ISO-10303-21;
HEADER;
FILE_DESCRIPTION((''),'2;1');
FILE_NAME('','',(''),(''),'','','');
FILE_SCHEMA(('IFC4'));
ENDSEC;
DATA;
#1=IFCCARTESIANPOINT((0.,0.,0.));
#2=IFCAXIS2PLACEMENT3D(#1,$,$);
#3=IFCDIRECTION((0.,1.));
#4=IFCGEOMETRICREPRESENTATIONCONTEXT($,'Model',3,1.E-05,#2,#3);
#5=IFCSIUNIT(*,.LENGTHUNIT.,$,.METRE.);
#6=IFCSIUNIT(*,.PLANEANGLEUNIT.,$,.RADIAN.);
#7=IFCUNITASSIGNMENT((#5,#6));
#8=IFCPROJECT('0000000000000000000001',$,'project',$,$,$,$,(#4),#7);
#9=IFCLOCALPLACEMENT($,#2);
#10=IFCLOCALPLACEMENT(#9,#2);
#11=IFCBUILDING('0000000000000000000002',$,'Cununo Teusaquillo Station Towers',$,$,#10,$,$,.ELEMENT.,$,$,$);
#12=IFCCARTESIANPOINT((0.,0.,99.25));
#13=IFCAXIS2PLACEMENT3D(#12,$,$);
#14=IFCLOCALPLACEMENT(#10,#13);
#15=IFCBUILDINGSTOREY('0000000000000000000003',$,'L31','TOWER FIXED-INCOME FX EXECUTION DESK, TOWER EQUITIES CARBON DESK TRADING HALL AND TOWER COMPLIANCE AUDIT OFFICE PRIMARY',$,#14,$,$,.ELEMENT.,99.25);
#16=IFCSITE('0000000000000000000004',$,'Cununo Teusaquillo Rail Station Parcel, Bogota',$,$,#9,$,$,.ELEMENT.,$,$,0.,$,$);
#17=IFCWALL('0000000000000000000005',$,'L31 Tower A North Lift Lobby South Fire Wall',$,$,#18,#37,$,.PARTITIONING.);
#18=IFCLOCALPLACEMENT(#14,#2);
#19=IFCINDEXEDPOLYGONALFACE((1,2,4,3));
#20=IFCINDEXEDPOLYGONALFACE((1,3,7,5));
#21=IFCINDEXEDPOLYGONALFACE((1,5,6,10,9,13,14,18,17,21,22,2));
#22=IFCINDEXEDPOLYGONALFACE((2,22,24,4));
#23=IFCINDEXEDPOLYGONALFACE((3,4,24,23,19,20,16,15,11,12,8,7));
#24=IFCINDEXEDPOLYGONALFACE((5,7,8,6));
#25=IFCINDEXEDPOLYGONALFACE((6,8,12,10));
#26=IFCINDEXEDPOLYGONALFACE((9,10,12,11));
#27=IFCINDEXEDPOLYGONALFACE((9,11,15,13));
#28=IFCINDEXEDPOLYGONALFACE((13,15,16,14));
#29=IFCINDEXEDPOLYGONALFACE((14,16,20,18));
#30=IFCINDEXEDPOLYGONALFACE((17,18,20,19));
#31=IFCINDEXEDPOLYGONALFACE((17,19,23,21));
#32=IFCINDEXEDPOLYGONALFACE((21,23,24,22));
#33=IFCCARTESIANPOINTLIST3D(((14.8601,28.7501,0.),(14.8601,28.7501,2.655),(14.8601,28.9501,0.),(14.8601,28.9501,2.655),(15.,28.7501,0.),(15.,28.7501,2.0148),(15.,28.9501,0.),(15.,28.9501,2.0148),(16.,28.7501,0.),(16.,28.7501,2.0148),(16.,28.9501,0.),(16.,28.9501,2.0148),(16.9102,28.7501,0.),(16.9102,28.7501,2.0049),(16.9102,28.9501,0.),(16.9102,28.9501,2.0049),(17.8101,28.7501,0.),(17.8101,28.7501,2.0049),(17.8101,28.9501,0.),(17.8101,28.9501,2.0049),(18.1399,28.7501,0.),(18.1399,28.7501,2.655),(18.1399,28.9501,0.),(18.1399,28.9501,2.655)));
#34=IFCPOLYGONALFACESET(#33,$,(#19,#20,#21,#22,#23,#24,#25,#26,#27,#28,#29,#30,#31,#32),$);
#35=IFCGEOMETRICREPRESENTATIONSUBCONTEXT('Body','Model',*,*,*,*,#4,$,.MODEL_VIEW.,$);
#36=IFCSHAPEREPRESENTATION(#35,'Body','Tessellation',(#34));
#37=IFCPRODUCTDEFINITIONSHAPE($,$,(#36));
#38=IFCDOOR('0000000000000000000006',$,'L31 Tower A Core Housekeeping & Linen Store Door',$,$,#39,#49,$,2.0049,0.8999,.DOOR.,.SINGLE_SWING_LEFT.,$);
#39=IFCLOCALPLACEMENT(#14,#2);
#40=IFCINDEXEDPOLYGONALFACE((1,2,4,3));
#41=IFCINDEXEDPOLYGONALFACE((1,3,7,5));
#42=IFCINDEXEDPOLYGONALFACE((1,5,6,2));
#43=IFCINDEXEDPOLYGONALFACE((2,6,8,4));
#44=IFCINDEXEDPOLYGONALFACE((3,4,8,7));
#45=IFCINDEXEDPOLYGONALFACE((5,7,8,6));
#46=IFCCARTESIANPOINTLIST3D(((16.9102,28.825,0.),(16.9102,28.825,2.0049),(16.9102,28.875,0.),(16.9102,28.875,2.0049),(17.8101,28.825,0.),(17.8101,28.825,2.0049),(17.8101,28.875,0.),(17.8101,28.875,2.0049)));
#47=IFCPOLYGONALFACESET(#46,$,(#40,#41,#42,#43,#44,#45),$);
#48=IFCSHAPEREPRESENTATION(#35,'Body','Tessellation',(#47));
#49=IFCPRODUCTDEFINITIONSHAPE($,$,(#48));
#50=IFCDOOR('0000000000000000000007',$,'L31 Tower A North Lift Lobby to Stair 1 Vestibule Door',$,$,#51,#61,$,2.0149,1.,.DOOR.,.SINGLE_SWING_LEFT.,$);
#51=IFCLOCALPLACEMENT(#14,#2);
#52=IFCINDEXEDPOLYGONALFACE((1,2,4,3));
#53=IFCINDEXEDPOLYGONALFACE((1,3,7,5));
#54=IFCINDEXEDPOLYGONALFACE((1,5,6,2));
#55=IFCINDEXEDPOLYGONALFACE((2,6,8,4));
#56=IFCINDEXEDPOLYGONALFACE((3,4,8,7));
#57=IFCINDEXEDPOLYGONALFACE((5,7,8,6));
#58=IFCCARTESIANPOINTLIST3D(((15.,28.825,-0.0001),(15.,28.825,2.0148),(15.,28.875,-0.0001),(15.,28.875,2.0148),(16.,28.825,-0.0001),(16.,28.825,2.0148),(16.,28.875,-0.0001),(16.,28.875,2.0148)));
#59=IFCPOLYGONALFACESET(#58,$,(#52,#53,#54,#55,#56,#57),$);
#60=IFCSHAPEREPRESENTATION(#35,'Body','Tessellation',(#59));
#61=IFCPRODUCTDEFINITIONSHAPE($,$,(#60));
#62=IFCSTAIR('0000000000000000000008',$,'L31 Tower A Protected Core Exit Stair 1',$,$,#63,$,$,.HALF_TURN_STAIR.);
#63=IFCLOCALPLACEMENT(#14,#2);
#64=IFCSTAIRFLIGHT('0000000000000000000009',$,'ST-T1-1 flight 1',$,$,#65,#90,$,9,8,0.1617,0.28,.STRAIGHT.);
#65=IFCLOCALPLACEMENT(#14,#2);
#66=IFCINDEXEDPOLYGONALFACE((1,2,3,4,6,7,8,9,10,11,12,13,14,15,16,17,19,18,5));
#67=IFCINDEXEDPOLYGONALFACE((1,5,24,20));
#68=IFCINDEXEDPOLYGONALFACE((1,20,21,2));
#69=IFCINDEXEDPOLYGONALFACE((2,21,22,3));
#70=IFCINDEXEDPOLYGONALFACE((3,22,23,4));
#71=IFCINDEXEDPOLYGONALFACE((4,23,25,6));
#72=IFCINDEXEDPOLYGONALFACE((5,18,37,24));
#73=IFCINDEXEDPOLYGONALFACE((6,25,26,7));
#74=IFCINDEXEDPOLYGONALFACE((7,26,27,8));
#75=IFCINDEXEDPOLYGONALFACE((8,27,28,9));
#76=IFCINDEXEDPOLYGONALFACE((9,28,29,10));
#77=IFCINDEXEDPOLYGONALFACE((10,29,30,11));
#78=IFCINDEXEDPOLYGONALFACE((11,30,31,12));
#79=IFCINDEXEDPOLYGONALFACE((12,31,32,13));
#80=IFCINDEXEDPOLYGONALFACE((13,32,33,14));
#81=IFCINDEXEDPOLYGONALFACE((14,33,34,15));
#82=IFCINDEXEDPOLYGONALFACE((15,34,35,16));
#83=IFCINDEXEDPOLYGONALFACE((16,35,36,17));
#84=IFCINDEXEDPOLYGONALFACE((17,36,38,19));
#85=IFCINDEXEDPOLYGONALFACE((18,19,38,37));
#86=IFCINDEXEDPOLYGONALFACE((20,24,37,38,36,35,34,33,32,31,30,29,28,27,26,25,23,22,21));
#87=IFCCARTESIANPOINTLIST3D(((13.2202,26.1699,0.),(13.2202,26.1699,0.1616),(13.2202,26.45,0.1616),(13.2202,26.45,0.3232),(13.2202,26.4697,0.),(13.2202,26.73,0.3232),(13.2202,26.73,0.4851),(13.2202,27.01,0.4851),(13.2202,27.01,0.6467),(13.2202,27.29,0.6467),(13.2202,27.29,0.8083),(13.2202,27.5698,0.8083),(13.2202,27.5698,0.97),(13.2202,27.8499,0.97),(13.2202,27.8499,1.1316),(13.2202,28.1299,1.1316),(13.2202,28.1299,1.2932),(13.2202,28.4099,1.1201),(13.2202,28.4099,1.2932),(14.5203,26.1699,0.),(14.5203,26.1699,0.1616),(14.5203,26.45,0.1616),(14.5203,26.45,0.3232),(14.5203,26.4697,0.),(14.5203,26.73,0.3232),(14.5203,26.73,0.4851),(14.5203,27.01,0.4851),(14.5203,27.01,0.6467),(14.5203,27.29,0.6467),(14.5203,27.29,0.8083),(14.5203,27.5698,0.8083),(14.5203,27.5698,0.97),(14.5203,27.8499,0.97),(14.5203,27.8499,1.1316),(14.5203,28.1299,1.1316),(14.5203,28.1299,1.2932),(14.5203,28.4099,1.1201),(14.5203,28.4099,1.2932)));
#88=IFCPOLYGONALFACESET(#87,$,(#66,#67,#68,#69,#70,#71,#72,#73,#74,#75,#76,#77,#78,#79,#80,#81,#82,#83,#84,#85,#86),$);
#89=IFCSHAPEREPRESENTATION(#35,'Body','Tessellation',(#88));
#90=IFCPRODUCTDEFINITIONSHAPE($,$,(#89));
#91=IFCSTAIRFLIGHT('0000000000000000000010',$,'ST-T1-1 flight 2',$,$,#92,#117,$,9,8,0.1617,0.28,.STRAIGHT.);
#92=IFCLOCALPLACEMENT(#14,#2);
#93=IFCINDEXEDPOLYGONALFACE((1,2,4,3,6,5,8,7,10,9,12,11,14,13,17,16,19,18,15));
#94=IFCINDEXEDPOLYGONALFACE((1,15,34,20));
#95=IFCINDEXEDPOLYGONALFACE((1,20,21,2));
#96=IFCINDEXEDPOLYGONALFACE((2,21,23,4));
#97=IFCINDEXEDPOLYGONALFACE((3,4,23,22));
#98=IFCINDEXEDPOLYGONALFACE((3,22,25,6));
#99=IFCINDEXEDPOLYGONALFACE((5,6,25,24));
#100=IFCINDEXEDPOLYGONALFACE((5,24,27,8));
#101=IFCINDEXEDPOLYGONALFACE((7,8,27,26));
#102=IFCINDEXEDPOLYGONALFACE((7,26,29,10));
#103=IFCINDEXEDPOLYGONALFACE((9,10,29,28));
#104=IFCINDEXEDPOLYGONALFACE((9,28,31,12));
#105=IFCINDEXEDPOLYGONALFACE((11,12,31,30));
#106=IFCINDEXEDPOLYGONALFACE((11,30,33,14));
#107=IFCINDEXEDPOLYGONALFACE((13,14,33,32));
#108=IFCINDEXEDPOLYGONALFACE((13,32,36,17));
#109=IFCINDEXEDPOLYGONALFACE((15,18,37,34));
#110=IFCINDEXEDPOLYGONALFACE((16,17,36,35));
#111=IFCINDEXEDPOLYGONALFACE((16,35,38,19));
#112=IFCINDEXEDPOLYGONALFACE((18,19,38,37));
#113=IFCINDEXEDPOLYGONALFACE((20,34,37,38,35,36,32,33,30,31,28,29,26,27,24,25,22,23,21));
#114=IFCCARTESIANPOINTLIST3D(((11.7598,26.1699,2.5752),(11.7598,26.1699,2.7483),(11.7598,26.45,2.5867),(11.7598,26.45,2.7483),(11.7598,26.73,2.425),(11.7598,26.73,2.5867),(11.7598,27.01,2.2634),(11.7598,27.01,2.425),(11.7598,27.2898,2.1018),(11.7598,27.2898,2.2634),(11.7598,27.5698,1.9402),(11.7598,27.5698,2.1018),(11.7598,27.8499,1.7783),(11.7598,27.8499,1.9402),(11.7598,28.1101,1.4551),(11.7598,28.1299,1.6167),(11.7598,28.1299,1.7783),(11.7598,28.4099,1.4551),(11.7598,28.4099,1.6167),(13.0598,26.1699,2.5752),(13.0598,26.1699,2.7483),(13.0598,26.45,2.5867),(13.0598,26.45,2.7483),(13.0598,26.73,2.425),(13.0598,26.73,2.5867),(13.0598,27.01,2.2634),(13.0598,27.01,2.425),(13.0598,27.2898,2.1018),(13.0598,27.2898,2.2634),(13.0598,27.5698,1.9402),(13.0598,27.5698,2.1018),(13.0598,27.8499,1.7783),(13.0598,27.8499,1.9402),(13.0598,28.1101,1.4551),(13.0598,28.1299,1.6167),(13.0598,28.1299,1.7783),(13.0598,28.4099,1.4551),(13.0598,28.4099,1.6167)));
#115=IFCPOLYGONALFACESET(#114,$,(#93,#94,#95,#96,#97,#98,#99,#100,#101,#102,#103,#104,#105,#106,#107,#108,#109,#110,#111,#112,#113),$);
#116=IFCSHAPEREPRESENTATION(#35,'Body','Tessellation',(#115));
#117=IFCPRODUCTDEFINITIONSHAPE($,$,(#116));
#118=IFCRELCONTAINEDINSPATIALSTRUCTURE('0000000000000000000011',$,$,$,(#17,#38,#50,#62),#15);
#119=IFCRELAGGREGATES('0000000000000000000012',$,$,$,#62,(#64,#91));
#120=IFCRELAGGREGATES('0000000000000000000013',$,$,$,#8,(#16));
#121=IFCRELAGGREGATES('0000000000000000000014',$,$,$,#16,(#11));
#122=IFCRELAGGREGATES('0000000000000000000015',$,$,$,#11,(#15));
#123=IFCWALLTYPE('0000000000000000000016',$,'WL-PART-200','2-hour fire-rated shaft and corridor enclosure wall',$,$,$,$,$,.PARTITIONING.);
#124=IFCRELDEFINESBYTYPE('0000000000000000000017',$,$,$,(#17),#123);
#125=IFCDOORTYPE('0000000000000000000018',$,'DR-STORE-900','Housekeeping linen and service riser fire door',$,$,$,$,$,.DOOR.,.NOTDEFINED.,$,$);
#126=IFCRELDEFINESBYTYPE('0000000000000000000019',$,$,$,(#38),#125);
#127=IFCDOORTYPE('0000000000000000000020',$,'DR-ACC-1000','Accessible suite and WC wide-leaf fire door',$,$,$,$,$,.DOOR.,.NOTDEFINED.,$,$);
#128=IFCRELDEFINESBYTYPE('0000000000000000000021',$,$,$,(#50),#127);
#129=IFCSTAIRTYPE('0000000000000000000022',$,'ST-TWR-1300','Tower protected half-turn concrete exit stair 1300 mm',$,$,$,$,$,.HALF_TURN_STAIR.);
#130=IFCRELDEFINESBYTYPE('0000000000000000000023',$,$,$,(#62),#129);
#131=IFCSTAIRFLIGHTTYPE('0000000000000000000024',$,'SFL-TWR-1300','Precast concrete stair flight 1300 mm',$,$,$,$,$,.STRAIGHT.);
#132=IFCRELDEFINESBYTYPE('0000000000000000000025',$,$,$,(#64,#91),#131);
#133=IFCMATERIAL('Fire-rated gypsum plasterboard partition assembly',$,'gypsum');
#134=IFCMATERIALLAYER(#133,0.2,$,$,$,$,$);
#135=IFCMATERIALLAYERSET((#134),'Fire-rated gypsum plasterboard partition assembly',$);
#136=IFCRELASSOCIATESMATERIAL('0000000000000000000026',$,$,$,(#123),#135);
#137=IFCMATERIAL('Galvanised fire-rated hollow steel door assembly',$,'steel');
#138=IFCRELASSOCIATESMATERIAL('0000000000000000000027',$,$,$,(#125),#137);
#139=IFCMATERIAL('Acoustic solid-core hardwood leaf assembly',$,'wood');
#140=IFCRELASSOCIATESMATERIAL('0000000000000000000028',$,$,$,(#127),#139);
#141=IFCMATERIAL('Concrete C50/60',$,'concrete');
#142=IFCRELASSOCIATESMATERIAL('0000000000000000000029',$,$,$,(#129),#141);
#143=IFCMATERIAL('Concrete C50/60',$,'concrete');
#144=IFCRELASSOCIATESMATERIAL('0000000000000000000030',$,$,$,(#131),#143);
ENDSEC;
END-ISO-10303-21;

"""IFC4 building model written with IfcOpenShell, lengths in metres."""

from ifc_helpers import new_model, si_unit, direction, frame, frame_2d, origin, place, context, subcontext, project, spatial, polyline, rectangle, outline, extrude, source, transform, mapped, material, layer, layer_set, type_object, element, fill, aggregate, save


model = new_model("IFC4")

# Units and contexts
model_context = context("Model", 3, precision=1e-05, world=origin(), true_north=direction((0.0, 1.0)))
body_context = subcontext(model_context, "Body", "Model", "MODEL_VIEW")
ifc_project = project(units=[si_unit("LENGTHUNIT", "METRE"), si_unit("PLANEANGLEUNIT", "RADIAN")], contexts=[model_context])

# Site, building, storey
site_placement = place(None, origin())
site = spatial("IfcSite", under=ifc_project, at=site_placement, Name="Cununo Teusaquillo Rail Station Parcel, Bogota", CompositionType="ELEMENT", RefElevation=0.0)
building_placement = place(site_placement, origin())
building = spatial("IfcBuilding", under=site, at=building_placement, Name="Cununo Teusaquillo Station Towers", CompositionType="ELEMENT")
storey_placement = place(building_placement, frame((0.0, 0.0, 99.25)))
storey = spatial("IfcBuildingStorey", under=building, at=storey_placement, Name="L31", Description="TOWER FIXED-INCOME FX EXECUTION DESK, TOWER EQUITIES CARBON DESK TRADING HALL AND TOWER COMPLIANCE AUDIT OFFICE PRIMARY", CompositionType="ELEMENT", Elevation=99.25)

# Shared definitions
ifc_material_1 = material(Name="Fire-rated gypsum plasterboard partition assembly", Category="gypsum")
ifc_layer_1 = layer(ifc_material_1, 0.2)
ifc_layer_set_1 = layer_set([ifc_layer_1], Name="Fire-rated gypsum plasterboard partition assembly")
wall_type_1 = type_object("IfcWallType", Name="WL-PART-200", Description="2-hour fire-rated shaft and corridor enclosure wall", PredefinedType="PARTITIONING", material=ifc_layer_set_1)
shared_shape_1 = source(origin(), body_context, "Body", "SweptSolid", [
    extrude(rectangle(XDim=0.8999, YDim=2.0049, at=frame_2d((0.45, 1.0024))), frame((0.0, 0.1099, 0.0), z_axis=(0.0, -1.0, 0.0), x_axis=(1.0, 0.0, 0.0)), (0.0, 0.0, 1.0), 0.22),
])
ifc_material_2 = material(Name="Galvanised fire-rated hollow steel door assembly", Category="steel")
door_type_1 = type_object("IfcDoorType", Name="DR-STORE-900", Description="Housekeeping linen and service riser fire door", OperationType="NOTDEFINED", PredefinedType="DOOR", material=ifc_material_2)
shared_shape_2 = source(origin(), body_context, "Body", "SweptSolid", [
    extrude(rectangle(XDim=0.8999, YDim=2.0049, at=frame_2d((0.45, 1.0024))), frame((0.0, 0.0249, 0.0), z_axis=(0.0, -1.0, 0.0), x_axis=(1.0, 0.0, 0.0)), (0.0, 0.0, 1.0), 0.05),
])

# Wall, openings, doors
wall_1_placement = place(storey_placement, frame((14.8601, 28.8501, 0.0), z_axis=(0.0, 0.0, 1.0), x_axis=(1.0, 0.0, 0.0)))
wall_1 = element("IfcWall", 1, at=wall_1_placement, inside=storey, type_object=wall_type_1, Name="L31 Tower A North Lift Lobby South Fire Wall", PredefinedType="PARTITIONING", context=body_context, shape_type="SweptSolid", body=[
    extrude(rectangle(XDim=3.2798, YDim=0.2, at=frame_2d((1.6399, 0.0))), origin(), (0.0, 0.0, 1.0), 2.655),
])
shared_shape_3 = source(origin(), body_context, "Body", "SweptSolid", [
    extrude(rectangle(XDim=1.0, YDim=2.0149, at=frame_2d((0.5, 1.0073))), frame((0.0, 0.1099, 0.0), z_axis=(0.0, -1.0, 0.0), x_axis=(1.0, 0.0, 0.0)), (0.0, 0.0, 1.0), 0.22),
])
opening_1_placement = place(wall_1_placement, frame((0.1399, 0.0, 0.0)))
opening_1 = element("IfcOpeningElement", 2, at=opening_1_placement, cuts=wall_1, PredefinedType="OPENING", context=body_context, shape_type="MappedRepresentation", body=[
    mapped(shared_shape_3, transform((0.0, 0.0, 0.0), x_axis=(1.0, 0.0, 0.0), y_axis=(0.0, 1.0, 0.0), z_axis=(0.0, 0.0, 1.0), scale=1.0)),
])
opening_2_placement = place(wall_1_placement, frame((2.05, 0.0, 0.0)))
opening_2 = element("IfcOpeningElement", 3, at=opening_2_placement, cuts=wall_1, PredefinedType="OPENING", context=body_context, shape_type="MappedRepresentation", body=[
    mapped(shared_shape_1, transform((0.0, 0.0, 0.0), x_axis=(1.0, 0.0, 0.0), y_axis=(0.0, 1.0, 0.0), z_axis=(0.0, 0.0, 1.0), scale=1.0)),
])
door_1_placement = place(opening_2_placement, origin())
door_1 = element("IfcDoor", 4, at=door_1_placement, inside=storey, type_object=door_type_1, Name="L31 Tower A Core Housekeeping & Linen Store Door", OperationType="SINGLE_SWING_LEFT", OverallHeight=2.0049, OverallWidth=0.8999, PredefinedType="DOOR", context=body_context, shape_type="MappedRepresentation", body=[
    mapped(shared_shape_2, transform((0.0, 0.0, 0.0), x_axis=(1.0, 0.0, 0.0), y_axis=(0.0, 1.0, 0.0), z_axis=(0.0, 0.0, 1.0), scale=1.0)),
])
fill(opening_2, door_1)
ifc_material_3 = material(Name="Acoustic solid-core hardwood leaf assembly", Category="wood")
door_type_2 = type_object("IfcDoorType", Name="DR-ACC-1000", Description="Accessible suite and WC wide-leaf fire door", OperationType="NOTDEFINED", PredefinedType="DOOR", material=ifc_material_3)
shared_shape_4 = source(origin(), body_context, "Body", "SweptSolid", [
    extrude(rectangle(XDim=1.0, YDim=2.0149, at=frame_2d((0.5, 1.0073))), frame((0.0, 0.0249, 0.0), z_axis=(0.0, -1.0, 0.0), x_axis=(1.0, 0.0, 0.0)), (0.0, 0.0, 1.0), 0.05),
])
door_2_placement = place(opening_1_placement, origin())
door_2 = element("IfcDoor", 5, at=door_2_placement, inside=storey, type_object=door_type_2, Name="L31 Tower A North Lift Lobby to Stair 1 Vestibule Door", OperationType="SINGLE_SWING_LEFT", OverallHeight=2.0149, OverallWidth=1.0, PredefinedType="DOOR", context=body_context, shape_type="MappedRepresentation", body=[
    mapped(shared_shape_4, transform((0.0, 0.0, 0.0), x_axis=(1.0, 0.0, 0.0), y_axis=(0.0, 1.0, 0.0), z_axis=(0.0, 0.0, 1.0), scale=1.0)),
])
fill(opening_1, door_2)

# Stair, stair flights
ifc_material_4 = material(Name="Concrete C50/60", Category="concrete")
stair_type = type_object("IfcStairType", Name="ST-TWR-1300", Description="Tower protected half-turn concrete exit stair 1300 mm", PredefinedType="HALF_TURN_STAIR", material=ifc_material_4)
stair_placement = place(storey_placement, origin())
stair = element("IfcStair", 6, at=stair_placement, inside=storey, type_object=stair_type, Name="L31 Tower A Protected Core Exit Stair 1", PredefinedType="HALF_TURN_STAIR")
ifc_material_5 = material(Name="Concrete C50/60", Category="concrete")
stair_flight_type = type_object("IfcStairFlightType", Name="SFL-TWR-1300", Description="Precast concrete stair flight 1300 mm", PredefinedType="STRAIGHT", material=ifc_material_5)
stair_flight_1_placement = place(storey_placement, frame((13.8701, 26.1699, 0.0), z_axis=(0.0, 0.0, 1.0), x_axis=(0.0, 1.0, 0.0)))
stair_flight_1 = element("IfcStairFlight", 7, at=stair_flight_1_placement, type_object=stair_flight_type, Name="ST-T1-1 flight 1", NumberOfRisers=9, NumberOfTreads=8, PredefinedType="STRAIGHT", RiserHeight=0.1617, TreadLength=0.28, context=body_context, shape_type="SweptSolid", body=[
    extrude(outline(polyline([(0.0, 0.0), (0.0, 0.1616), (0.28, 0.1616), (0.28, 0.3232), (0.5601, 0.3232), (0.5601, 0.4851), (0.8401, 0.4851), (0.8401, 0.6467), (1.1201, 0.6467), (1.1201, 0.8083), (1.3999, 0.8083), (1.3999, 0.97), (1.6799, 0.97), (1.6799, 1.1316), (1.96, 1.1316), (1.96, 1.2932), (2.24, 1.2932), (2.24, 1.4551), (2.24, 1.1201), (0.2998, 0.0), (0.0, 0.0)])), frame((0.0, 0.6499, 0.0), z_axis=(0.0, -1.0, 0.0), x_axis=(1.0, 0.0, 0.0)), (0.0, 0.0, 1.0), 1.3),
])
stair_flight_2_placement = place(storey_placement, frame((12.4099, 28.4099, 1.4551), z_axis=(0.0, 0.0, 1.0), x_axis=(0.0, -1.0, 0.0)))
stair_flight_2 = element("IfcStairFlight", 8, at=stair_flight_2_placement, type_object=stair_flight_type, Name="ST-T1-1 flight 2", NumberOfRisers=9, NumberOfTreads=8, PredefinedType="STRAIGHT", RiserHeight=0.1617, TreadLength=0.28, context=body_context, shape_type="SweptSolid", body=[
    extrude(outline(polyline([(0.0, 0.0), (0.0, 0.1616), (0.28, 0.1616), (0.28, 0.3232), (0.5601, 0.3232), (0.5601, 0.4851), (0.8401, 0.4851), (0.8401, 0.6467), (1.1201, 0.6467), (1.1201, 0.8083), (1.3999, 0.8083), (1.3999, 0.97), (1.6799, 0.97), (1.6799, 1.1316), (1.96, 1.1316), (1.96, 1.2932), (2.24, 1.2932), (2.24, 1.4551), (2.24, 1.1201), (0.2998, 0.0), (0.0, 0.0)])), frame((0.0, 0.6499, 0.0), z_axis=(0.0, -1.0, 0.0), x_axis=(1.0, 0.0, 0.0)), (0.0, 0.0, 1.0), 1.3),
])
aggregate(stair, [stair_flight_1, stair_flight_2])

save(model, "model.ifc")
